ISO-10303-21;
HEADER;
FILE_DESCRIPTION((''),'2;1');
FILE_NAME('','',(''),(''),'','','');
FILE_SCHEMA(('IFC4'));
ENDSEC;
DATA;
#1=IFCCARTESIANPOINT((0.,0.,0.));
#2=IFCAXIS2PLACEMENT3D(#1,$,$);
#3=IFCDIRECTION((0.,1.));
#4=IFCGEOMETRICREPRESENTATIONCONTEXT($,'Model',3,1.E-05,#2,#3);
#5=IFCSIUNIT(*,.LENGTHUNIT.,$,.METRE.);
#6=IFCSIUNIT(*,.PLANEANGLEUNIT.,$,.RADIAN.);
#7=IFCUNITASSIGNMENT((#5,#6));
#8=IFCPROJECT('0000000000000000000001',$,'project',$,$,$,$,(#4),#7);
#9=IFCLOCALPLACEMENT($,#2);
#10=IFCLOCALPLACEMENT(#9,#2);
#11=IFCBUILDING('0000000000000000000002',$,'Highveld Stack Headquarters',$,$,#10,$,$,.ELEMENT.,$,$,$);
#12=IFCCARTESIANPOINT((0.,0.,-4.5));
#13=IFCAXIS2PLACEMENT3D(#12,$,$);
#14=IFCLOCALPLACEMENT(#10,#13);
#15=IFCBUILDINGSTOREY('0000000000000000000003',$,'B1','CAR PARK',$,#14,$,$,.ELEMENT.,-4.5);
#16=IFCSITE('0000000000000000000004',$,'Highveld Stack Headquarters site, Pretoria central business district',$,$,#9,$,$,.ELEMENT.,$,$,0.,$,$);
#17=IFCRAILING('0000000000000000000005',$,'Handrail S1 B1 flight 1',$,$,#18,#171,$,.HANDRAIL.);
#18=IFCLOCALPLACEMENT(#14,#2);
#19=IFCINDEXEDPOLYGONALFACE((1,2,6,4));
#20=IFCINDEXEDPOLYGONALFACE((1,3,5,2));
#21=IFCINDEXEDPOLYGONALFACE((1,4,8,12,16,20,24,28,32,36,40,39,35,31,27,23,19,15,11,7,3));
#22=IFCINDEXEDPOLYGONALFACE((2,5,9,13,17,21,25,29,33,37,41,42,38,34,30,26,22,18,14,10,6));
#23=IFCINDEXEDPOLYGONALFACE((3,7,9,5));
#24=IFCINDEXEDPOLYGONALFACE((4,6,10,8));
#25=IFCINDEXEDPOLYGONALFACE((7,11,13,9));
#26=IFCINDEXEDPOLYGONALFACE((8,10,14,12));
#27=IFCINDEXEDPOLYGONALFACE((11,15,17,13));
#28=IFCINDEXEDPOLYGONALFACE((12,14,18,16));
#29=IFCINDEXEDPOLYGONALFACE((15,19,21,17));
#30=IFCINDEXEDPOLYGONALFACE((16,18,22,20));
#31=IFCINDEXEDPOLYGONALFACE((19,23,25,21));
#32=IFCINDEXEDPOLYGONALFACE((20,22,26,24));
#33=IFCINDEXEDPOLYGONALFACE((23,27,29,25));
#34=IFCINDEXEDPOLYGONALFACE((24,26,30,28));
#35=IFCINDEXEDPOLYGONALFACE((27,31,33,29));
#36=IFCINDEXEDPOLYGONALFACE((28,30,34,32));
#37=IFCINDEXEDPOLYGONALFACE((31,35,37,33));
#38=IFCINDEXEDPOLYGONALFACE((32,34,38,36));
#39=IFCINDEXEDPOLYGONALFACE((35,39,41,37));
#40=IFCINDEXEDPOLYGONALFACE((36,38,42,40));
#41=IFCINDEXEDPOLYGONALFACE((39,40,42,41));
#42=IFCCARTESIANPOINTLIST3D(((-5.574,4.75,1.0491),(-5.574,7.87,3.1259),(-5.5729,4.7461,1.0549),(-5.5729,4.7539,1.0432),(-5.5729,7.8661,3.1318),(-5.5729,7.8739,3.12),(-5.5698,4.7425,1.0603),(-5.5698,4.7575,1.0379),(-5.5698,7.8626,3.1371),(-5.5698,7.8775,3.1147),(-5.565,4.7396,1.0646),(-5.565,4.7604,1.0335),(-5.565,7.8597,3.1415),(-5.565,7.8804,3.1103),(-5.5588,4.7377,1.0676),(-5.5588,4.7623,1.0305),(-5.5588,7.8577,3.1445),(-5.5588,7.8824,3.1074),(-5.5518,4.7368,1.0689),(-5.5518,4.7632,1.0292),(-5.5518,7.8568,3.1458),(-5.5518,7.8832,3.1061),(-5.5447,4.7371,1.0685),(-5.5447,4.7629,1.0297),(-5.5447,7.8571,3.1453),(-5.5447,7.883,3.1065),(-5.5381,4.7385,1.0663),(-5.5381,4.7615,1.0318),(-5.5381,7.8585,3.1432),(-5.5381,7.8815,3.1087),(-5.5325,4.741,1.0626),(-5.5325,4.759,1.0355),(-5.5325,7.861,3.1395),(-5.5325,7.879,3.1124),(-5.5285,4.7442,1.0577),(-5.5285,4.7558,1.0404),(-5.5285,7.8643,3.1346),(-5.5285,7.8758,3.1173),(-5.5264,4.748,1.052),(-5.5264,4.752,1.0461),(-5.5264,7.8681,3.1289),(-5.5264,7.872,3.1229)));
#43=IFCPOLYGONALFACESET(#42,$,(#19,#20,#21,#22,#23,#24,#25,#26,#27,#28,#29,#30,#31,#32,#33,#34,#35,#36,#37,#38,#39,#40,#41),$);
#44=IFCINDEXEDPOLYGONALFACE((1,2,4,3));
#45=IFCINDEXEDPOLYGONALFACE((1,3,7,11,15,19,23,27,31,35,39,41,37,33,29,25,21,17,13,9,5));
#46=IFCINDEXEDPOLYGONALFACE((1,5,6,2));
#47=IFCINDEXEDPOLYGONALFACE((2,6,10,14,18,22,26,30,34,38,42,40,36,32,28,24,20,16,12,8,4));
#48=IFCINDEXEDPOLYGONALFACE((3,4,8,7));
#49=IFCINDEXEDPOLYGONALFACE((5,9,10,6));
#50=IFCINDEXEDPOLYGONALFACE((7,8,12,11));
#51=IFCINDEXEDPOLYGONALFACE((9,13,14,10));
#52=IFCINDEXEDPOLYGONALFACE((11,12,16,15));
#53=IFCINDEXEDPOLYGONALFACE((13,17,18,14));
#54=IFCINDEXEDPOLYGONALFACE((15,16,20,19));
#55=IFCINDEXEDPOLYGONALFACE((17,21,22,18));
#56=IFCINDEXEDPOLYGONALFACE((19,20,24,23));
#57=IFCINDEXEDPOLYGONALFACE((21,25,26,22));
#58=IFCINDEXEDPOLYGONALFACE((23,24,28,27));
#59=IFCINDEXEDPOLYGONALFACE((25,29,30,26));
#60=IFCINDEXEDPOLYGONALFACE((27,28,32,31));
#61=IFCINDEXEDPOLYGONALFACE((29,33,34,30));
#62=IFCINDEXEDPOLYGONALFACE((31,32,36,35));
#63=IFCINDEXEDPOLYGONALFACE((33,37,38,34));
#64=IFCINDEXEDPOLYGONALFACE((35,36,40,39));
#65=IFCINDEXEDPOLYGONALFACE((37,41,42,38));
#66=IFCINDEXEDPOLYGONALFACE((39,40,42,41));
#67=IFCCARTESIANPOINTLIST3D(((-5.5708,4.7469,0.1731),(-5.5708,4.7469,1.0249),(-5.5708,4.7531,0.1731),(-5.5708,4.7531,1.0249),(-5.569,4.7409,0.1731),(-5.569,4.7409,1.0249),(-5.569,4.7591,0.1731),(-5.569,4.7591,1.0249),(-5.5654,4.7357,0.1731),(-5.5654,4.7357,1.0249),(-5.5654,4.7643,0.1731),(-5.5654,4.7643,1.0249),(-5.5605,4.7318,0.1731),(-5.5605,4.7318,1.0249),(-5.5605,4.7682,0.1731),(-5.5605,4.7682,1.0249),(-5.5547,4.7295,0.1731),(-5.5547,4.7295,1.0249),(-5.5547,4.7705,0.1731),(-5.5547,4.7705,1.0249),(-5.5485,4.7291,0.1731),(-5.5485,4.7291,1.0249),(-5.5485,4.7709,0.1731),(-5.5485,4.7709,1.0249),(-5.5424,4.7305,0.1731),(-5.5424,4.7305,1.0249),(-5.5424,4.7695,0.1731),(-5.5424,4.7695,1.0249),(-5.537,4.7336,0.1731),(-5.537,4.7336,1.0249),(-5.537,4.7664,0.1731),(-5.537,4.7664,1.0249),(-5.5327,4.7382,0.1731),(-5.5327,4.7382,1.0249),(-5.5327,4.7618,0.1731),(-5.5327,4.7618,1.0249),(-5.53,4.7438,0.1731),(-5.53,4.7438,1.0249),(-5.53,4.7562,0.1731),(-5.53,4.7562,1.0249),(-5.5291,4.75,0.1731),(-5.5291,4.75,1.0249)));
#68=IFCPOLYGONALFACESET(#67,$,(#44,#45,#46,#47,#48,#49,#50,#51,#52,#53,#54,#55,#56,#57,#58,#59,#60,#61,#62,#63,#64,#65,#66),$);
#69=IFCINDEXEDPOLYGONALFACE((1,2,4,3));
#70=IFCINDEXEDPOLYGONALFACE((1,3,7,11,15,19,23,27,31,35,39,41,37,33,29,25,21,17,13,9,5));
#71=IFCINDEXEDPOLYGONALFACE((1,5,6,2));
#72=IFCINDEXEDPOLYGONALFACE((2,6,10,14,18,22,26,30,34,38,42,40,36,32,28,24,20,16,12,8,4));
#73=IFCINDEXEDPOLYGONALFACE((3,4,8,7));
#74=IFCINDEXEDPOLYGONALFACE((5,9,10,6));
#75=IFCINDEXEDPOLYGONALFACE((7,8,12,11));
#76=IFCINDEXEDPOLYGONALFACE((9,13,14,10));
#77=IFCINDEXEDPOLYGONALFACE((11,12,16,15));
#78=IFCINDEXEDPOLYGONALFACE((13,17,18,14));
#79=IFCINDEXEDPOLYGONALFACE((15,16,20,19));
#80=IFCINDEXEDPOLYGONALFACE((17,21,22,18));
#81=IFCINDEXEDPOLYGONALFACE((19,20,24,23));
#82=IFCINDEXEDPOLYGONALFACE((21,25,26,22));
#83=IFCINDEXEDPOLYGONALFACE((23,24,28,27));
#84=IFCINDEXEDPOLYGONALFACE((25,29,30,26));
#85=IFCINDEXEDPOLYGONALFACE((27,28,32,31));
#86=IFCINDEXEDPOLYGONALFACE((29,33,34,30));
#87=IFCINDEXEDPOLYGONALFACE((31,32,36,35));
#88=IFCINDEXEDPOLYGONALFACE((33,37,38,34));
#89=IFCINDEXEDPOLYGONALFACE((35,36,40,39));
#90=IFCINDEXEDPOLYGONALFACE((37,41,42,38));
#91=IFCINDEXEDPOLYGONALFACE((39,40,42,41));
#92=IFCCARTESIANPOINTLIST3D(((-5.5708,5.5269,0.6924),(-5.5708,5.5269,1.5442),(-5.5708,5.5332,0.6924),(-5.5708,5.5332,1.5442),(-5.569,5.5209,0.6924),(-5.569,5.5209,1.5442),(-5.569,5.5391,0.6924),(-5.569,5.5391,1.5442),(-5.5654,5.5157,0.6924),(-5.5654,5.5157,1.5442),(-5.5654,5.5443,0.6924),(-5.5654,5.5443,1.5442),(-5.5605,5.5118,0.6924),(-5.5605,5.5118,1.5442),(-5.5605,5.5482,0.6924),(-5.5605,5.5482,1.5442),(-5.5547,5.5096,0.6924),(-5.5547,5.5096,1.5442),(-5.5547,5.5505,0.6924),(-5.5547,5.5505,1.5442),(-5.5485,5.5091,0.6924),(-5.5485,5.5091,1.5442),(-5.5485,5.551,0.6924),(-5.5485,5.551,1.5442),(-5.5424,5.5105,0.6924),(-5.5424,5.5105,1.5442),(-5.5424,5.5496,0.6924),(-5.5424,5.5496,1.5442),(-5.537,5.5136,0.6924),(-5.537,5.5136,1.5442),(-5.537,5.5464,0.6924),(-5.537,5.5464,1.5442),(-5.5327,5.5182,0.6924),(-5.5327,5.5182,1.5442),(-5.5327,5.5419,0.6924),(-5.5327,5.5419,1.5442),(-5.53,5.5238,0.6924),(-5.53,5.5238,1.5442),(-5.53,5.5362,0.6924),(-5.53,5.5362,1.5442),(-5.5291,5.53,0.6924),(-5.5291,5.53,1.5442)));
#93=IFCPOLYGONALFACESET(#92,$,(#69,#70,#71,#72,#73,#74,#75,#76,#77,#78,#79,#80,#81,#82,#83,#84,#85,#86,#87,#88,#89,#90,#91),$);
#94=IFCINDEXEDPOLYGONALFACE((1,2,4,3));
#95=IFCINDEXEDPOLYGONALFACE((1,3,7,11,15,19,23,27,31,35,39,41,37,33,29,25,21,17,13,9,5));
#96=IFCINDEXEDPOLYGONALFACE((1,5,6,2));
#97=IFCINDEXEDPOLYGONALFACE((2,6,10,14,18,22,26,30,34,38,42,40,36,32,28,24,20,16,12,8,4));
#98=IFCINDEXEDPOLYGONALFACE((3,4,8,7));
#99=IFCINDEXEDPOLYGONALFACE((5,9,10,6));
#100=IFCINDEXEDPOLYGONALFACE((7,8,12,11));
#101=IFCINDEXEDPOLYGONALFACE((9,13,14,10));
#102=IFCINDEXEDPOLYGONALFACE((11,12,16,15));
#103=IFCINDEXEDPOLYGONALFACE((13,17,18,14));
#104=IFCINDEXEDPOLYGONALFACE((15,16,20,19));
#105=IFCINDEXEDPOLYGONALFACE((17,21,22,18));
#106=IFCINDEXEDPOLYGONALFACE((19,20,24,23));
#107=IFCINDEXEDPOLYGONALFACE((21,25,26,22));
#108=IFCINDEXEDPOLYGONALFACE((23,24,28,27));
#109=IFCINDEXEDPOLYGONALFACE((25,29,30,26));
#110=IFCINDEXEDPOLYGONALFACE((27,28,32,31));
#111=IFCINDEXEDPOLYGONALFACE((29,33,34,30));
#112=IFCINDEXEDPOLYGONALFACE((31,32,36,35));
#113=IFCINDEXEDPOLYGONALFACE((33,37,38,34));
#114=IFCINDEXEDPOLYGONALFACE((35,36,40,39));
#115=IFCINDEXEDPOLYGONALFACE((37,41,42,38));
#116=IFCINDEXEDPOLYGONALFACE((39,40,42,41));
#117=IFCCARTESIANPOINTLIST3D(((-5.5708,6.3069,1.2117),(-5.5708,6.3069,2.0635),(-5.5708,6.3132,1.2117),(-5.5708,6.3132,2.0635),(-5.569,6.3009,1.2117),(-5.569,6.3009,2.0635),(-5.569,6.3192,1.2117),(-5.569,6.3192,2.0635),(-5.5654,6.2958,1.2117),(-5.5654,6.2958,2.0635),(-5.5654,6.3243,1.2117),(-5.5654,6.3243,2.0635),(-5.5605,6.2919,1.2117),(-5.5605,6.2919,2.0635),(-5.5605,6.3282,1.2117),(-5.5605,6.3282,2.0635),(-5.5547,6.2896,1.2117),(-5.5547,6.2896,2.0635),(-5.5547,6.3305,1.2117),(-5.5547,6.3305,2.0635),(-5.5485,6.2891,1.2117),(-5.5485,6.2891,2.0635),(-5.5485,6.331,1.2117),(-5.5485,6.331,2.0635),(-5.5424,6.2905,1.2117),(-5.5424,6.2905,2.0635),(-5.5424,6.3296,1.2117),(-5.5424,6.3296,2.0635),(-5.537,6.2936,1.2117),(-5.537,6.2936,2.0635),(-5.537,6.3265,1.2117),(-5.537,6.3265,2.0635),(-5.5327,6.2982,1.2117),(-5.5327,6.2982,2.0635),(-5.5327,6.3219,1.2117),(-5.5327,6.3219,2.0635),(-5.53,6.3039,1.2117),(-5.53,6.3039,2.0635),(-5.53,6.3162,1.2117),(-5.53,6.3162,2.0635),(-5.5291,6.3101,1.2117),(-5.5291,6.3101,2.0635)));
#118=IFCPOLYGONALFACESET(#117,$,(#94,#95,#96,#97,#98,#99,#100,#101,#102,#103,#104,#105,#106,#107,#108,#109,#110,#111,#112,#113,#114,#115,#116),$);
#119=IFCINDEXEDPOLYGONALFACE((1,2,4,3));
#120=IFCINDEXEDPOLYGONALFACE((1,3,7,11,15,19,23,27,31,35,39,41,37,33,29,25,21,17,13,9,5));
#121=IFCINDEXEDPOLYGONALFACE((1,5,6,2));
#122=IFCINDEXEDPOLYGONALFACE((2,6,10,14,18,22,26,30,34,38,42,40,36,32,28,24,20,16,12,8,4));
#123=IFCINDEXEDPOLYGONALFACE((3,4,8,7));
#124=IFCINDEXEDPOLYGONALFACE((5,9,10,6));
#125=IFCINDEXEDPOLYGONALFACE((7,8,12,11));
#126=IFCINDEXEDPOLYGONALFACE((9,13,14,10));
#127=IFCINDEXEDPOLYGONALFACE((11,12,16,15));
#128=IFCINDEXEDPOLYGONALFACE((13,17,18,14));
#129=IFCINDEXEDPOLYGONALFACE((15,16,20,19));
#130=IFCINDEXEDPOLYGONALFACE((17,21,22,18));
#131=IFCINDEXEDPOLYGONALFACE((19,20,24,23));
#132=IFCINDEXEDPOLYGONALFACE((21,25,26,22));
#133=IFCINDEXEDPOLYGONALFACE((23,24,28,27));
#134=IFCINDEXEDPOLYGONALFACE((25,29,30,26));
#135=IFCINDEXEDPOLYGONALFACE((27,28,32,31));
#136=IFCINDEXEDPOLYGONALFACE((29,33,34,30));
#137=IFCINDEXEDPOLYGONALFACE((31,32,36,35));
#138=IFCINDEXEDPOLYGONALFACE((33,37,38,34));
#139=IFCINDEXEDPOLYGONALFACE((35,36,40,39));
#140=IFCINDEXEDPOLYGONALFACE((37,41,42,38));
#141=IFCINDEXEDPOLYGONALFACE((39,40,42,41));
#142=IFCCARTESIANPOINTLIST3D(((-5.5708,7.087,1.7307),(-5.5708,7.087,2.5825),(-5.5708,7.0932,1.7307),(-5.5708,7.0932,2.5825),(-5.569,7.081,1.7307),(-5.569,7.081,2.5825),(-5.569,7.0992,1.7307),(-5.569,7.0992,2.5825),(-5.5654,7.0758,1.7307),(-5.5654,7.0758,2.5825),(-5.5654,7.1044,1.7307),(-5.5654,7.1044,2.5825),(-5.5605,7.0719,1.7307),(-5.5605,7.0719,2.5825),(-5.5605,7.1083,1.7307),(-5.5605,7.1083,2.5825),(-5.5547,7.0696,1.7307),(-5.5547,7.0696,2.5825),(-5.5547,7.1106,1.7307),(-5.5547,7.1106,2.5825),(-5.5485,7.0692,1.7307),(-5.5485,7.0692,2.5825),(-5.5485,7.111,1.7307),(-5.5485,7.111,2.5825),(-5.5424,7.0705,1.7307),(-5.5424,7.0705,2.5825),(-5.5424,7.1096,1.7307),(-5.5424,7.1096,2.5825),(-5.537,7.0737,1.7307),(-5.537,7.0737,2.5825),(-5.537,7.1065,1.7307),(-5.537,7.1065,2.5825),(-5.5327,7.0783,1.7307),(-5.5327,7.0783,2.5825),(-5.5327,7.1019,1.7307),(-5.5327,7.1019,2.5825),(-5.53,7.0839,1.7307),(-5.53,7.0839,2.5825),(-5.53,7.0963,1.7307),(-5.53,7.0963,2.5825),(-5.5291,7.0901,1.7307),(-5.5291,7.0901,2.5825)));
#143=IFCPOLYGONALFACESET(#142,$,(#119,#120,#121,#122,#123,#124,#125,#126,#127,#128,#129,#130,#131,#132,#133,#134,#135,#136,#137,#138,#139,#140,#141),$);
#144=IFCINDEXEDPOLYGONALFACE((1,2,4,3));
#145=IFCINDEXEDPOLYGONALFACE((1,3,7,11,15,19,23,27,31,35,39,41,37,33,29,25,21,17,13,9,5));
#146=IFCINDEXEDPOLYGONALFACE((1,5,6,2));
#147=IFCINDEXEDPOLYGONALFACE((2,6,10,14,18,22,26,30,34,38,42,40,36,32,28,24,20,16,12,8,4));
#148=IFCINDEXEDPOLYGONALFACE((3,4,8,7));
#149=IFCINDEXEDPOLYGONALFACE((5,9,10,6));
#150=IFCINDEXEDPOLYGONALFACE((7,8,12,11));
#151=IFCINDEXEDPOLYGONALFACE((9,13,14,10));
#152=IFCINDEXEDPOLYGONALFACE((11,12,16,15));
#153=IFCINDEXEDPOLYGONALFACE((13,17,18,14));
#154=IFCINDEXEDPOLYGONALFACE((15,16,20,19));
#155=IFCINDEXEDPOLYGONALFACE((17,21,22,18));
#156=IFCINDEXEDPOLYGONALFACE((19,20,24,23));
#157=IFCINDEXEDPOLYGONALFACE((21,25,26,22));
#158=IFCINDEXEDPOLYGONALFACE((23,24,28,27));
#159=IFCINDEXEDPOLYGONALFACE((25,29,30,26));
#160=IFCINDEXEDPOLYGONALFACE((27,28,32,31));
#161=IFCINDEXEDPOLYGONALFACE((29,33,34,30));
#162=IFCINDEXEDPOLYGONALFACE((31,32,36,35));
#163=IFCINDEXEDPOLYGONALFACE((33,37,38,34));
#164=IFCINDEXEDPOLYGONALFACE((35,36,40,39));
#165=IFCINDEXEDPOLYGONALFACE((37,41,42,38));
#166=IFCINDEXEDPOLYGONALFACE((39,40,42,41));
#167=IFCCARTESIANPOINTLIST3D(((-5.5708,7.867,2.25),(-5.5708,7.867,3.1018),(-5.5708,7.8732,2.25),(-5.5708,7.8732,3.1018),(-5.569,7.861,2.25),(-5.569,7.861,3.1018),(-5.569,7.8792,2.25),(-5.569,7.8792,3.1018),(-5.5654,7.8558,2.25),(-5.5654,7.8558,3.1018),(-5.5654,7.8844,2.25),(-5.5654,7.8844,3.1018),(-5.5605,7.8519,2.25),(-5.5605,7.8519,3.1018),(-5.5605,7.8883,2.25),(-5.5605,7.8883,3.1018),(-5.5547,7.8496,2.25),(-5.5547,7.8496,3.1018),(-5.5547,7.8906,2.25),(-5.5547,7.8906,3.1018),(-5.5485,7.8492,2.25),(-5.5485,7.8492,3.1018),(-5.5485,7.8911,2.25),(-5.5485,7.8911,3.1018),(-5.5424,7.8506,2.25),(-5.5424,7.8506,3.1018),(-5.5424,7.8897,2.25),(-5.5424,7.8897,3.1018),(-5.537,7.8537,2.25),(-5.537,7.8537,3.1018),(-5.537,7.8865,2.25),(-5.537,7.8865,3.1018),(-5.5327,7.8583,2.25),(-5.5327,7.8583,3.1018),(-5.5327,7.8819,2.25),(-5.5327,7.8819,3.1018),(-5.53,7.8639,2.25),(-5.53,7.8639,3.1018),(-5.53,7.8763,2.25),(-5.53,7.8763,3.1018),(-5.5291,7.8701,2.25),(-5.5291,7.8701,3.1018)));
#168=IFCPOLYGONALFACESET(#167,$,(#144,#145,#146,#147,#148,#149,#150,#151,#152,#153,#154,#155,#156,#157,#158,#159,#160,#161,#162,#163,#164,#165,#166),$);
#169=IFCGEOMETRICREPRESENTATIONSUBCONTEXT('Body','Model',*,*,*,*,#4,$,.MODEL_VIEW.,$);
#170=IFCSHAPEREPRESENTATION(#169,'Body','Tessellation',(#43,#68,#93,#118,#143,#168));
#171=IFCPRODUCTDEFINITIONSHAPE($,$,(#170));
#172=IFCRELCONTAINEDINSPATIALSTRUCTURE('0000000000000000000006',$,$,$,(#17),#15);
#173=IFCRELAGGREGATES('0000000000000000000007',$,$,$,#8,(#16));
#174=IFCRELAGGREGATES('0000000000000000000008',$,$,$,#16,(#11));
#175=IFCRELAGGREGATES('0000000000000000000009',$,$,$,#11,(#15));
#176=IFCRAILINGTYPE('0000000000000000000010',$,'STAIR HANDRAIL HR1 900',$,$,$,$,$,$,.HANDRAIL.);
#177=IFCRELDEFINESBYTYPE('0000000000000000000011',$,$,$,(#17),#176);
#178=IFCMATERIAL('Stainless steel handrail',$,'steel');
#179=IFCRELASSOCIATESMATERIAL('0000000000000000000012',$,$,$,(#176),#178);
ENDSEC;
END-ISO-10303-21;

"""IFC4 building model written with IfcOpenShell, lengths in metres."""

from ifc_helpers import new_model, si_unit, direction, frame, origin, origin_2d, place, context, subcontext, project, spatial, circle, extrude, material, type_object, element, save


model = new_model("IFC4")

# Units and contexts
model_context = context("Model", 3, precision=1e-05, world=origin(), true_north=direction((0.0, 1.0)))
body_context = subcontext(model_context, "Body", "Model", "MODEL_VIEW")
ifc_project = project(units=[si_unit("LENGTHUNIT", "METRE"), si_unit("PLANEANGLEUNIT", "RADIAN")], contexts=[model_context])

# Site, building, storey
site_placement = place(None, origin())
site = spatial("IfcSite", under=ifc_project, at=site_placement, Name="Highveld Stack Headquarters site, Pretoria central business district", CompositionType="ELEMENT", RefElevation=0.0)
building_placement = place(site_placement, origin())
building = spatial("IfcBuilding", under=site, at=building_placement, Name="Highveld Stack Headquarters", CompositionType="ELEMENT")
storey_placement = place(building_placement, frame((0.0, 0.0, -4.5)))
storey = spatial("IfcBuildingStorey", under=building, at=storey_placement, Name="B1", Description="CAR PARK", CompositionType="ELEMENT", Elevation=-4.5)

# Railing
ifc_material_1 = material(Name="Stainless steel handrail", Category="steel")
railing_type = type_object("IfcRailingType", Name="STAIR HANDRAIL HR1 900", PredefinedType="HANDRAIL", material=ifc_material_1)
for number, where, name in (
    (1, (-5.55, 4.75, 0.1731), "Handrail S1 B1 flight 1"),
):
    element("IfcRailing", number, at=place(storey_placement, frame(where)), inside=storey, type_object=railing_type, Name=name, PredefinedType="HANDRAIL", context=body_context, shape_type="SweptSolid", body=[
        extrude(circle(Radius=0.0239, at=origin_2d()), frame((0.0, 0.0, 0.876), z_axis=(0.0, 0.832441, 0.554114), x_axis=(-1.0, 0.0, 0.0)), (0.0, 0.0, 1.0), 3.748),
        extrude(circle(Radius=0.021, at=origin_2d()), origin(), (0.0, 0.0, 1.0), 0.8518),
        extrude(circle(Radius=0.021, at=origin_2d()), frame((0.0, 0.78, 0.5193)), (0.0, 0.0, 1.0), 0.8518),
        extrude(circle(Radius=0.021, at=origin_2d()), frame((0.0, 1.5601, 1.0386)), (0.0, 0.0, 1.0), 0.8518),
        extrude(circle(Radius=0.021, at=origin_2d()), frame((0.0, 2.3401, 1.5576)), (0.0, 0.0, 1.0), 0.8518),
        extrude(circle(Radius=0.021, at=origin_2d()), frame((0.0, 3.1201, 2.0769)), (0.0, 0.0, 1.0), 0.8518),
    ])

save(model, "model.ifc")
